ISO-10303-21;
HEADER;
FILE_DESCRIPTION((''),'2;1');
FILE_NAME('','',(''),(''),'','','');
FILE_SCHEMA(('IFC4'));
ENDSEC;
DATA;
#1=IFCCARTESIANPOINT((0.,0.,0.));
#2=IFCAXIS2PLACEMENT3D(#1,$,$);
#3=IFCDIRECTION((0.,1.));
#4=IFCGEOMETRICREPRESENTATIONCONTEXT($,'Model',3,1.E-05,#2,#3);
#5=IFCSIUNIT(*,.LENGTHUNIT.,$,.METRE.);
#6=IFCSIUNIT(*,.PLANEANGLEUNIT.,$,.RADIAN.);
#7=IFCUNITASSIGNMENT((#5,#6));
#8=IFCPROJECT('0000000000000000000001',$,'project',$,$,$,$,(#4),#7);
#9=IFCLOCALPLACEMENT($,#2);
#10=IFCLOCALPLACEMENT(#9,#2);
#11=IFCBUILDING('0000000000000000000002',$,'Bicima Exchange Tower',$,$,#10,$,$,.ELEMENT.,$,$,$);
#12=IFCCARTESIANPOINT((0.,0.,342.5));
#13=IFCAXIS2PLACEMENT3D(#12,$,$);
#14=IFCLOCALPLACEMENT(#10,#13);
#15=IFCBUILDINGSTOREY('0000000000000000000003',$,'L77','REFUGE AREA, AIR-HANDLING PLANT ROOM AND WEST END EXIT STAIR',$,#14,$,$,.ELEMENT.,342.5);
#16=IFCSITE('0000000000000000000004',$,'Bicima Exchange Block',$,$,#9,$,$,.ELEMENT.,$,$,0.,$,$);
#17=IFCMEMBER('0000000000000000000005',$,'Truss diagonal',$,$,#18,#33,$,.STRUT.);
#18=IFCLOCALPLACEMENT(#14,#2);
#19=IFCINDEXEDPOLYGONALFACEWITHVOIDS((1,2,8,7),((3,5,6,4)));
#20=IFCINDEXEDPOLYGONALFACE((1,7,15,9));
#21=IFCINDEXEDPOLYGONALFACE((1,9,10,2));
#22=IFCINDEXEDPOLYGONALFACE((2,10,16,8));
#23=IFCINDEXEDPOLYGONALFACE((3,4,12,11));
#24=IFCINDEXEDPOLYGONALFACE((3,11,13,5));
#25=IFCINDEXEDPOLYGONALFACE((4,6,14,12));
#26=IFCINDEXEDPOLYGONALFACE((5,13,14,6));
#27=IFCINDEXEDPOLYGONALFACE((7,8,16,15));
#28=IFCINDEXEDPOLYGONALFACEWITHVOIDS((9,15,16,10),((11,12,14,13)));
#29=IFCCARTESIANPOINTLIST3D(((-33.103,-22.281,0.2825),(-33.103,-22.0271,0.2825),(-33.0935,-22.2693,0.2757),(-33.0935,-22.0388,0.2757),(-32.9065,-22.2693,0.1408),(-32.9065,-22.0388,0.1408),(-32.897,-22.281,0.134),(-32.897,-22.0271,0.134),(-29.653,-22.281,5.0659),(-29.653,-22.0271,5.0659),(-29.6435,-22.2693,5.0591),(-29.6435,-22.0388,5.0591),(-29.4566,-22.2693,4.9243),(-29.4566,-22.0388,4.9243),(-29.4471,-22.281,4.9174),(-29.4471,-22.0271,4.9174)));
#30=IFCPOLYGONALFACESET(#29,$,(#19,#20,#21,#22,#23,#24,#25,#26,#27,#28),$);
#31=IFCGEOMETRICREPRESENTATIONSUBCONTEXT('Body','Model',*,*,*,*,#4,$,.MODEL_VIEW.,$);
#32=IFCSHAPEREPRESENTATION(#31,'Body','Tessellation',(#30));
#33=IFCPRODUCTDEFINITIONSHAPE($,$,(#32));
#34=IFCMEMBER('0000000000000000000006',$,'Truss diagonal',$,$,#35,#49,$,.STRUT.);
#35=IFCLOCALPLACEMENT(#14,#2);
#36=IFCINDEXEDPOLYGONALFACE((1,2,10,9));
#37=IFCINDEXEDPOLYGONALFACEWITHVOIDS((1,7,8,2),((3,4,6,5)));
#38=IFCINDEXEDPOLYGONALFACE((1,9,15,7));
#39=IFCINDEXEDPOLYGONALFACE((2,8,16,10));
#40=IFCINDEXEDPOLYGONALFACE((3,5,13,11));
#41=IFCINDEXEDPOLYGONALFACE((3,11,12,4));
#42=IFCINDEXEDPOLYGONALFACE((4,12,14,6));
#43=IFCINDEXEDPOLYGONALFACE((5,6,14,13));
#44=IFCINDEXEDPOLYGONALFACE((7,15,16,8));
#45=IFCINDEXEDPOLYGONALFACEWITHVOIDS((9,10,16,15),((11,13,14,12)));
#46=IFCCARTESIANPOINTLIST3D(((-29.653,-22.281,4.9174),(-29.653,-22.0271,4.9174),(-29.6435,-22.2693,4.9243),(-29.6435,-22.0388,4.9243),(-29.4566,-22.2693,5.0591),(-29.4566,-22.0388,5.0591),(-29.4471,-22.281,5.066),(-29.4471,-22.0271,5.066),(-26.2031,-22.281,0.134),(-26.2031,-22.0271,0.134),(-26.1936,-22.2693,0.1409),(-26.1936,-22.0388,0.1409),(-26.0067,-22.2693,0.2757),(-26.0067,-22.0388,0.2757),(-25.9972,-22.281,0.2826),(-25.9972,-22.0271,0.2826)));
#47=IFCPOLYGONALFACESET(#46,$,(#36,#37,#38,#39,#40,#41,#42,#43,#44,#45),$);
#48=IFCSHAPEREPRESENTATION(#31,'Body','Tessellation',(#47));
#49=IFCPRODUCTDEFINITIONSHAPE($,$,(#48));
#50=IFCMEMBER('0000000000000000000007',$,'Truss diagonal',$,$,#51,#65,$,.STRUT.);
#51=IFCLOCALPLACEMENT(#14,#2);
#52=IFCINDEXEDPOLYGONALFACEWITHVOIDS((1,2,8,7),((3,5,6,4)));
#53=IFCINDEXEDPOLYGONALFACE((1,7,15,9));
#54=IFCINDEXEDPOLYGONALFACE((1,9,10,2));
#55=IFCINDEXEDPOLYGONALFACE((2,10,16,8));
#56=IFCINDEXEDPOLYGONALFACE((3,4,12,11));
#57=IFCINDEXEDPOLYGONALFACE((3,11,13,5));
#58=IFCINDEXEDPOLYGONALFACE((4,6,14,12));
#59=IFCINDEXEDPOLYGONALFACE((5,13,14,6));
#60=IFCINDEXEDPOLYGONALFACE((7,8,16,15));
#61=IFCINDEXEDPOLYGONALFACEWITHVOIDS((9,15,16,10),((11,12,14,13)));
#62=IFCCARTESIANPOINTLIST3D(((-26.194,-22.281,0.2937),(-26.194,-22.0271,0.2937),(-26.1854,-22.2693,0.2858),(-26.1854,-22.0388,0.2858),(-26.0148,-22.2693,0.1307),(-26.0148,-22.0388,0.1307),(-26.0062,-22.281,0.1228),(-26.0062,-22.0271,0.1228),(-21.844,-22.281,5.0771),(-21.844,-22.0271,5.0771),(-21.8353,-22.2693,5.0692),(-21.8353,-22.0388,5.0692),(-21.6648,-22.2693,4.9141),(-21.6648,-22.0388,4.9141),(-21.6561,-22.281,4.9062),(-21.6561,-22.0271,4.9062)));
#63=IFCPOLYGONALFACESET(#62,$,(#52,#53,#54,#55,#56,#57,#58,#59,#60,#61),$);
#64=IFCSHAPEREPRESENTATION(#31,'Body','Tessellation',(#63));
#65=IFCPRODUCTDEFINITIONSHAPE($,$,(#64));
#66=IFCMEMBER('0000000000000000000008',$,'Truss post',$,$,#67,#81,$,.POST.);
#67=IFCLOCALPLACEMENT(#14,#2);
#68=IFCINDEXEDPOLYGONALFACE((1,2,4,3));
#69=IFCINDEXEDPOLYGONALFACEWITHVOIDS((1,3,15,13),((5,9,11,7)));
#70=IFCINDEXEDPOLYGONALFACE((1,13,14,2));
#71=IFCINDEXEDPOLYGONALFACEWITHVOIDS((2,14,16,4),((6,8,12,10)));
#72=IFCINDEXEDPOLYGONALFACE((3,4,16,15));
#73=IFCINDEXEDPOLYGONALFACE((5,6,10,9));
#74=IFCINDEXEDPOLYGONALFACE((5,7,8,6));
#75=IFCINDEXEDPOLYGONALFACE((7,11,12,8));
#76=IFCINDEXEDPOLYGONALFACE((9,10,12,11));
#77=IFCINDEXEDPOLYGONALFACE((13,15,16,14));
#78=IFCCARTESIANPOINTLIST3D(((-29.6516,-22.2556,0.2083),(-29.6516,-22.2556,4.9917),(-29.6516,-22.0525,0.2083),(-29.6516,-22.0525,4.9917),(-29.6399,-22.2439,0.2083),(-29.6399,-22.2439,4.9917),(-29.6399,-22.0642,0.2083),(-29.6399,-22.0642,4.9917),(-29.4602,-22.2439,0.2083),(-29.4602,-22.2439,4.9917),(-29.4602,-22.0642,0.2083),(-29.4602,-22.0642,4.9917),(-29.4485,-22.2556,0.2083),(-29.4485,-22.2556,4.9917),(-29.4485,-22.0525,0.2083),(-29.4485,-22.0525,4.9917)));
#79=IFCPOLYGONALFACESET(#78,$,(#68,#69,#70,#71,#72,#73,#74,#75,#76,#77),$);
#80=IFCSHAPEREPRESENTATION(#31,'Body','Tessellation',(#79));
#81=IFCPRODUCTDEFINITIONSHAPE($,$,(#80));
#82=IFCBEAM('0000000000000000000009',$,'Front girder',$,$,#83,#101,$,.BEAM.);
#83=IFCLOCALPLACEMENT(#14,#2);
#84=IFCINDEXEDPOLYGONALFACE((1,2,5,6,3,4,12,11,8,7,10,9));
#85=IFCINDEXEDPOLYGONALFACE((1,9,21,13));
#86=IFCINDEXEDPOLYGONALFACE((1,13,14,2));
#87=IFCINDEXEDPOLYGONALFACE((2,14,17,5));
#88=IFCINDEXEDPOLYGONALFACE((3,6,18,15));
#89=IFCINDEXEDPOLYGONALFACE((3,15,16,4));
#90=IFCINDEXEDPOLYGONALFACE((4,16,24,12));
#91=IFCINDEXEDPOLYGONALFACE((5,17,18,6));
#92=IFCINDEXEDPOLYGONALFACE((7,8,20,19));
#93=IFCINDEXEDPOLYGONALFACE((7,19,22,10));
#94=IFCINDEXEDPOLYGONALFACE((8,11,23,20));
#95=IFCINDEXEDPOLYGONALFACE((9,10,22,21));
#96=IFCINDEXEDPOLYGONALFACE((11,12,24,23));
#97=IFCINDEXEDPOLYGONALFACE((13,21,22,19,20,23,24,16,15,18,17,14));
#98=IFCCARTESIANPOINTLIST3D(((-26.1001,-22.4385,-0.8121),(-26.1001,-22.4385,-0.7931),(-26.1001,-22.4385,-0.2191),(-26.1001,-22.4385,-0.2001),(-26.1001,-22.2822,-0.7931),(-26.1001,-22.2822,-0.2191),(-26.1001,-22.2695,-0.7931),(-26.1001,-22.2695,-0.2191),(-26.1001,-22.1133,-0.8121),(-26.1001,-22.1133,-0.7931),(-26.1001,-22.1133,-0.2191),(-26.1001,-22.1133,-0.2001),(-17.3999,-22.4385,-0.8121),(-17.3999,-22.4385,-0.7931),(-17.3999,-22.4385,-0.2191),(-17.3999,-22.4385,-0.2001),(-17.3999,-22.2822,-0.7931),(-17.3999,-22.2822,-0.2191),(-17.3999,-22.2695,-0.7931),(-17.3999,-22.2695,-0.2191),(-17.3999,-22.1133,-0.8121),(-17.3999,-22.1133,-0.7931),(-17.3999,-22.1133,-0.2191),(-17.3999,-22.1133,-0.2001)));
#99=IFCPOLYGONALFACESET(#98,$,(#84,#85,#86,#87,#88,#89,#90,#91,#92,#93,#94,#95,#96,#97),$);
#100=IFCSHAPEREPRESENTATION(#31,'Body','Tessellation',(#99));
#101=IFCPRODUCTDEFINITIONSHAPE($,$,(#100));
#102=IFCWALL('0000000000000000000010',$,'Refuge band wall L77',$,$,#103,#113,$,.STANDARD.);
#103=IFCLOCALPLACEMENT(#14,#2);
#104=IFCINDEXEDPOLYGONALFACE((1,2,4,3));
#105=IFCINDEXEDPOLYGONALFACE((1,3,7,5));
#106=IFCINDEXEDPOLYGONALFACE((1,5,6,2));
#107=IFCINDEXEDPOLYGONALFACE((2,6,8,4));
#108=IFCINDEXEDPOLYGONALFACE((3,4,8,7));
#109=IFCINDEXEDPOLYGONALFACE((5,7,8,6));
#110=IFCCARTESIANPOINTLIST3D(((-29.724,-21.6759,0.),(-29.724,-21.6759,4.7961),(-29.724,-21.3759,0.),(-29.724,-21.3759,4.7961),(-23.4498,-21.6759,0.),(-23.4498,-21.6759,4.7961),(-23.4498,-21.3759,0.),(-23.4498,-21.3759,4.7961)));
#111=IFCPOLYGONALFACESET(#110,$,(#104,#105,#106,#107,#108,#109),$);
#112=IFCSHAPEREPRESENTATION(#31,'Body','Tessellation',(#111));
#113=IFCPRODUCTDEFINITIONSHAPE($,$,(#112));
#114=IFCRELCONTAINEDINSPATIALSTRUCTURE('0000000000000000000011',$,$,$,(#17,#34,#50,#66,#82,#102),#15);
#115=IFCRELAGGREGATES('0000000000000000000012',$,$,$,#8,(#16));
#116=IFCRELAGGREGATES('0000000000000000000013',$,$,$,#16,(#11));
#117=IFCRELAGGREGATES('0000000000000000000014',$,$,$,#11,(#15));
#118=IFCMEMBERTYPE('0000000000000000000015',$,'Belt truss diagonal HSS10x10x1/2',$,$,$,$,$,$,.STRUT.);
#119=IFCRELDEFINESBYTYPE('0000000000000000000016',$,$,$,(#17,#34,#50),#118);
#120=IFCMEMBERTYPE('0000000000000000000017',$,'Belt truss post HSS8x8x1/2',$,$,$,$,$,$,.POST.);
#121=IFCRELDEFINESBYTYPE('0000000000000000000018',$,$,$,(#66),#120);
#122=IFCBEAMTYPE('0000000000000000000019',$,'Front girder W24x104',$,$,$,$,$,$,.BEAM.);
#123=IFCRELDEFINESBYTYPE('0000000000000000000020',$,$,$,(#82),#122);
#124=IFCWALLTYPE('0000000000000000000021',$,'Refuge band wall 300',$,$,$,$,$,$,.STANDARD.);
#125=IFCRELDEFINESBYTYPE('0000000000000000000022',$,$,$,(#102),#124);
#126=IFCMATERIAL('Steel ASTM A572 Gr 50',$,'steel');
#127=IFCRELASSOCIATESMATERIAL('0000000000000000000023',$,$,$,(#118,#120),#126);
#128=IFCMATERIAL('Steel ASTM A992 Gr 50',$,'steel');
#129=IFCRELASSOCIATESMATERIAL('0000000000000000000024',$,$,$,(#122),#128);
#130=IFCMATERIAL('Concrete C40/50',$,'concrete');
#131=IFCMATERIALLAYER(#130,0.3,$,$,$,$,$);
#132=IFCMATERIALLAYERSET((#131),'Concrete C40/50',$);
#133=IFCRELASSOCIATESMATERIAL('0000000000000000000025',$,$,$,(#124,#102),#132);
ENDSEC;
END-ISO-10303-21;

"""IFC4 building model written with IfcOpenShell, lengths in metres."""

from ifc_helpers import new_model, si_unit, direction, frame, frame_2d, origin, origin_2d, place, context, subcontext, project, spatial, rectangle, hollow_rectangle, i_section, extrude, material, layer, layer_set, layer_usage, material_profile, profile_set, type_object, element, save


model = new_model("IFC4")

# Units and contexts
model_context = context("Model", 3, precision=1e-05, world=origin(), true_north=direction((0.0, 1.0)))
body_context = subcontext(model_context, "Body", "Model", "MODEL_VIEW")
ifc_project = project(units=[si_unit("LENGTHUNIT", "METRE"), si_unit("PLANEANGLEUNIT", "RADIAN")], contexts=[model_context])

# Site, building, storey
site_placement = place(None, origin())
site = spatial("IfcSite", under=ifc_project, at=site_placement, Name="Bicima Exchange Block", CompositionType="ELEMENT", RefElevation=0.0)
building_placement = place(site_placement, origin())
building = spatial("IfcBuilding", under=site, at=building_placement, Name="Bicima Exchange Tower", CompositionType="ELEMENT")
storey_placement = place(building_placement, frame((0.0, 0.0, 342.5)))
storey = spatial("IfcBuildingStorey", under=building, at=storey_placement, Name="L77", Description="REFUGE AREA, AIR-HANDLING PLANT ROOM AND WEST END EXIT STAIR", CompositionType="ELEMENT", Elevation=342.5)

# Shared definitions
ifc_material_1 = material(Name="Steel ASTM A572 Gr 50", Category="steel")
ifc_material_2 = material(Name="Steel ASTM A992 Gr 50", Category="steel")

# Members
ifc_material_profile_1 = material_profile(ifc_material_1, hollow_rectangle(XDim=0.2539, YDim=0.2539, WallThickness=0.0117, at=origin_2d()))
ifc_profile_set_1 = profile_set([ifc_material_profile_1], Name="Steel ASTM A572 Gr 50")
member_type_1 = type_object("IfcMemberType", Name="Belt truss diagonal HSS10x10x1/2", PredefinedType="STRUT", material=ifc_profile_set_1)
for number, where, z_axis, x_axis, name in (
    (1, (-33.0, -22.1541, 0.2083), (0.58496, 0.0, 0.811062), (0.0, 1.0, 0.0), "Truss diagonal"),
    (2, (-29.55, -22.1541, 4.9917), (0.58496, 0.0, -0.811062), (0.0, 1.0, 0.0), "Truss diagonal"),
):
    element("IfcMember", number, at=place(storey_placement, frame(where, z_axis=z_axis, x_axis=x_axis)), inside=storey, type_object=member_type_1, Name=name, PredefinedType="STRUT", context=body_context, shape_type="SweptSolid", body=[
        extrude(hollow_rectangle(XDim=0.2539, YDim=0.2539, WallThickness=0.0117, at=origin_2d()), origin(), (0.0, 0.0, 1.0), 5.8977),
    ])
member_1_placement = place(storey_placement, frame((-26.1001, -22.1541, 0.2083), z_axis=(0.672801, 0.0, 0.739824), x_axis=(0.0, 1.0, 0.0)))
element("IfcMember", 3, at=member_1_placement, inside=storey, type_object=member_type_1, Name="Truss diagonal", PredefinedType="STRUT", context=body_context, shape_type="SweptSolid", body=[
    extrude(hollow_rectangle(XDim=0.2539, YDim=0.2539, WallThickness=0.0117, at=origin_2d()), origin(), (0.0, 0.0, 1.0), 6.4656),
])
ifc_material_profile_2 = material_profile(ifc_material_1, hollow_rectangle(XDim=0.2031, YDim=0.2031, WallThickness=0.0117, at=origin_2d()))
ifc_profile_set_2 = profile_set([ifc_material_profile_2], Name="Steel ASTM A572 Gr 50")
member_type_2 = type_object("IfcMemberType", Name="Belt truss post HSS8x8x1/2", PredefinedType="POST", material=ifc_profile_set_2)
member_2_placement = place(storey_placement, frame((-29.55, -22.1541, 0.2083), z_axis=(0.0, 0.0, 1.0), x_axis=(1.0, 0.0, 0.0)))
element("IfcMember", 4, at=member_2_placement, inside=storey, type_object=member_type_2, Name="Truss post", PredefinedType="POST", context=body_context, shape_type="SweptSolid", body=[
    extrude(hollow_rectangle(XDim=0.2031, YDim=0.2031, WallThickness=0.0117, at=origin_2d()), origin(), (0.0, 0.0, 1.0), 4.7834),
])

# Beam
ifc_material_profile_3 = material_profile(ifc_material_2, i_section(OverallWidth=0.3252, OverallDepth=0.6121, WebThickness=0.0127, FlangeThickness=0.019, at=origin_2d()))
ifc_profile_set_3 = profile_set([ifc_material_profile_3], Name="Steel ASTM A992 Gr 50")
beam_type = type_object("IfcBeamType", Name="Front girder W24x104", PredefinedType="BEAM", material=ifc_profile_set_3)
beam_placement = place(storey_placement, frame((-26.1001, -22.2759, -0.5061), z_axis=(1.0, 0.0, 0.0), x_axis=(0.0, 1.0, 0.0)))
element("IfcBeam", 5, at=beam_placement, inside=storey, type_object=beam_type, Name="Front girder", PredefinedType="BEAM", context=body_context, shape_type="SweptSolid", body=[
    extrude(i_section(OverallWidth=0.3252, OverallDepth=0.6121, WebThickness=0.0127, FlangeThickness=0.019, at=origin_2d()), origin(), (0.0, 0.0, 1.0), 8.7002),
])

# Wall
ifc_material_3 = material(Name="Concrete C40/50", Category="concrete")
ifc_layer = layer(ifc_material_3, 0.3)
ifc_layer_set = layer_set([ifc_layer], Name="Concrete C40/50")
ifc_layer_usage = layer_usage(ifc_layer_set, "AXIS2", "POSITIVE", -0.15)
wall_type = type_object("IfcWallType", Name="Refuge band wall 300", PredefinedType="STANDARD", material=ifc_layer_set)
wall_placement = place(storey_placement, frame((-29.7241, -21.5259, 0.0), z_axis=(0.0, 0.0, 1.0), x_axis=(1.0, 0.0, 0.0)))
element("IfcWall", 6, at=wall_placement, inside=storey, type_object=wall_type, material=ifc_layer_usage, Name="Refuge band wall L77", PredefinedType="STANDARD", context=body_context, shape_type="SweptSolid", body=[
    extrude(rectangle(XDim=6.2742, YDim=0.3, at=frame_2d((3.1372, 0.0))), origin(), (0.0, 0.0, 1.0), 4.7961),
])

save(model, "model.ifc")
